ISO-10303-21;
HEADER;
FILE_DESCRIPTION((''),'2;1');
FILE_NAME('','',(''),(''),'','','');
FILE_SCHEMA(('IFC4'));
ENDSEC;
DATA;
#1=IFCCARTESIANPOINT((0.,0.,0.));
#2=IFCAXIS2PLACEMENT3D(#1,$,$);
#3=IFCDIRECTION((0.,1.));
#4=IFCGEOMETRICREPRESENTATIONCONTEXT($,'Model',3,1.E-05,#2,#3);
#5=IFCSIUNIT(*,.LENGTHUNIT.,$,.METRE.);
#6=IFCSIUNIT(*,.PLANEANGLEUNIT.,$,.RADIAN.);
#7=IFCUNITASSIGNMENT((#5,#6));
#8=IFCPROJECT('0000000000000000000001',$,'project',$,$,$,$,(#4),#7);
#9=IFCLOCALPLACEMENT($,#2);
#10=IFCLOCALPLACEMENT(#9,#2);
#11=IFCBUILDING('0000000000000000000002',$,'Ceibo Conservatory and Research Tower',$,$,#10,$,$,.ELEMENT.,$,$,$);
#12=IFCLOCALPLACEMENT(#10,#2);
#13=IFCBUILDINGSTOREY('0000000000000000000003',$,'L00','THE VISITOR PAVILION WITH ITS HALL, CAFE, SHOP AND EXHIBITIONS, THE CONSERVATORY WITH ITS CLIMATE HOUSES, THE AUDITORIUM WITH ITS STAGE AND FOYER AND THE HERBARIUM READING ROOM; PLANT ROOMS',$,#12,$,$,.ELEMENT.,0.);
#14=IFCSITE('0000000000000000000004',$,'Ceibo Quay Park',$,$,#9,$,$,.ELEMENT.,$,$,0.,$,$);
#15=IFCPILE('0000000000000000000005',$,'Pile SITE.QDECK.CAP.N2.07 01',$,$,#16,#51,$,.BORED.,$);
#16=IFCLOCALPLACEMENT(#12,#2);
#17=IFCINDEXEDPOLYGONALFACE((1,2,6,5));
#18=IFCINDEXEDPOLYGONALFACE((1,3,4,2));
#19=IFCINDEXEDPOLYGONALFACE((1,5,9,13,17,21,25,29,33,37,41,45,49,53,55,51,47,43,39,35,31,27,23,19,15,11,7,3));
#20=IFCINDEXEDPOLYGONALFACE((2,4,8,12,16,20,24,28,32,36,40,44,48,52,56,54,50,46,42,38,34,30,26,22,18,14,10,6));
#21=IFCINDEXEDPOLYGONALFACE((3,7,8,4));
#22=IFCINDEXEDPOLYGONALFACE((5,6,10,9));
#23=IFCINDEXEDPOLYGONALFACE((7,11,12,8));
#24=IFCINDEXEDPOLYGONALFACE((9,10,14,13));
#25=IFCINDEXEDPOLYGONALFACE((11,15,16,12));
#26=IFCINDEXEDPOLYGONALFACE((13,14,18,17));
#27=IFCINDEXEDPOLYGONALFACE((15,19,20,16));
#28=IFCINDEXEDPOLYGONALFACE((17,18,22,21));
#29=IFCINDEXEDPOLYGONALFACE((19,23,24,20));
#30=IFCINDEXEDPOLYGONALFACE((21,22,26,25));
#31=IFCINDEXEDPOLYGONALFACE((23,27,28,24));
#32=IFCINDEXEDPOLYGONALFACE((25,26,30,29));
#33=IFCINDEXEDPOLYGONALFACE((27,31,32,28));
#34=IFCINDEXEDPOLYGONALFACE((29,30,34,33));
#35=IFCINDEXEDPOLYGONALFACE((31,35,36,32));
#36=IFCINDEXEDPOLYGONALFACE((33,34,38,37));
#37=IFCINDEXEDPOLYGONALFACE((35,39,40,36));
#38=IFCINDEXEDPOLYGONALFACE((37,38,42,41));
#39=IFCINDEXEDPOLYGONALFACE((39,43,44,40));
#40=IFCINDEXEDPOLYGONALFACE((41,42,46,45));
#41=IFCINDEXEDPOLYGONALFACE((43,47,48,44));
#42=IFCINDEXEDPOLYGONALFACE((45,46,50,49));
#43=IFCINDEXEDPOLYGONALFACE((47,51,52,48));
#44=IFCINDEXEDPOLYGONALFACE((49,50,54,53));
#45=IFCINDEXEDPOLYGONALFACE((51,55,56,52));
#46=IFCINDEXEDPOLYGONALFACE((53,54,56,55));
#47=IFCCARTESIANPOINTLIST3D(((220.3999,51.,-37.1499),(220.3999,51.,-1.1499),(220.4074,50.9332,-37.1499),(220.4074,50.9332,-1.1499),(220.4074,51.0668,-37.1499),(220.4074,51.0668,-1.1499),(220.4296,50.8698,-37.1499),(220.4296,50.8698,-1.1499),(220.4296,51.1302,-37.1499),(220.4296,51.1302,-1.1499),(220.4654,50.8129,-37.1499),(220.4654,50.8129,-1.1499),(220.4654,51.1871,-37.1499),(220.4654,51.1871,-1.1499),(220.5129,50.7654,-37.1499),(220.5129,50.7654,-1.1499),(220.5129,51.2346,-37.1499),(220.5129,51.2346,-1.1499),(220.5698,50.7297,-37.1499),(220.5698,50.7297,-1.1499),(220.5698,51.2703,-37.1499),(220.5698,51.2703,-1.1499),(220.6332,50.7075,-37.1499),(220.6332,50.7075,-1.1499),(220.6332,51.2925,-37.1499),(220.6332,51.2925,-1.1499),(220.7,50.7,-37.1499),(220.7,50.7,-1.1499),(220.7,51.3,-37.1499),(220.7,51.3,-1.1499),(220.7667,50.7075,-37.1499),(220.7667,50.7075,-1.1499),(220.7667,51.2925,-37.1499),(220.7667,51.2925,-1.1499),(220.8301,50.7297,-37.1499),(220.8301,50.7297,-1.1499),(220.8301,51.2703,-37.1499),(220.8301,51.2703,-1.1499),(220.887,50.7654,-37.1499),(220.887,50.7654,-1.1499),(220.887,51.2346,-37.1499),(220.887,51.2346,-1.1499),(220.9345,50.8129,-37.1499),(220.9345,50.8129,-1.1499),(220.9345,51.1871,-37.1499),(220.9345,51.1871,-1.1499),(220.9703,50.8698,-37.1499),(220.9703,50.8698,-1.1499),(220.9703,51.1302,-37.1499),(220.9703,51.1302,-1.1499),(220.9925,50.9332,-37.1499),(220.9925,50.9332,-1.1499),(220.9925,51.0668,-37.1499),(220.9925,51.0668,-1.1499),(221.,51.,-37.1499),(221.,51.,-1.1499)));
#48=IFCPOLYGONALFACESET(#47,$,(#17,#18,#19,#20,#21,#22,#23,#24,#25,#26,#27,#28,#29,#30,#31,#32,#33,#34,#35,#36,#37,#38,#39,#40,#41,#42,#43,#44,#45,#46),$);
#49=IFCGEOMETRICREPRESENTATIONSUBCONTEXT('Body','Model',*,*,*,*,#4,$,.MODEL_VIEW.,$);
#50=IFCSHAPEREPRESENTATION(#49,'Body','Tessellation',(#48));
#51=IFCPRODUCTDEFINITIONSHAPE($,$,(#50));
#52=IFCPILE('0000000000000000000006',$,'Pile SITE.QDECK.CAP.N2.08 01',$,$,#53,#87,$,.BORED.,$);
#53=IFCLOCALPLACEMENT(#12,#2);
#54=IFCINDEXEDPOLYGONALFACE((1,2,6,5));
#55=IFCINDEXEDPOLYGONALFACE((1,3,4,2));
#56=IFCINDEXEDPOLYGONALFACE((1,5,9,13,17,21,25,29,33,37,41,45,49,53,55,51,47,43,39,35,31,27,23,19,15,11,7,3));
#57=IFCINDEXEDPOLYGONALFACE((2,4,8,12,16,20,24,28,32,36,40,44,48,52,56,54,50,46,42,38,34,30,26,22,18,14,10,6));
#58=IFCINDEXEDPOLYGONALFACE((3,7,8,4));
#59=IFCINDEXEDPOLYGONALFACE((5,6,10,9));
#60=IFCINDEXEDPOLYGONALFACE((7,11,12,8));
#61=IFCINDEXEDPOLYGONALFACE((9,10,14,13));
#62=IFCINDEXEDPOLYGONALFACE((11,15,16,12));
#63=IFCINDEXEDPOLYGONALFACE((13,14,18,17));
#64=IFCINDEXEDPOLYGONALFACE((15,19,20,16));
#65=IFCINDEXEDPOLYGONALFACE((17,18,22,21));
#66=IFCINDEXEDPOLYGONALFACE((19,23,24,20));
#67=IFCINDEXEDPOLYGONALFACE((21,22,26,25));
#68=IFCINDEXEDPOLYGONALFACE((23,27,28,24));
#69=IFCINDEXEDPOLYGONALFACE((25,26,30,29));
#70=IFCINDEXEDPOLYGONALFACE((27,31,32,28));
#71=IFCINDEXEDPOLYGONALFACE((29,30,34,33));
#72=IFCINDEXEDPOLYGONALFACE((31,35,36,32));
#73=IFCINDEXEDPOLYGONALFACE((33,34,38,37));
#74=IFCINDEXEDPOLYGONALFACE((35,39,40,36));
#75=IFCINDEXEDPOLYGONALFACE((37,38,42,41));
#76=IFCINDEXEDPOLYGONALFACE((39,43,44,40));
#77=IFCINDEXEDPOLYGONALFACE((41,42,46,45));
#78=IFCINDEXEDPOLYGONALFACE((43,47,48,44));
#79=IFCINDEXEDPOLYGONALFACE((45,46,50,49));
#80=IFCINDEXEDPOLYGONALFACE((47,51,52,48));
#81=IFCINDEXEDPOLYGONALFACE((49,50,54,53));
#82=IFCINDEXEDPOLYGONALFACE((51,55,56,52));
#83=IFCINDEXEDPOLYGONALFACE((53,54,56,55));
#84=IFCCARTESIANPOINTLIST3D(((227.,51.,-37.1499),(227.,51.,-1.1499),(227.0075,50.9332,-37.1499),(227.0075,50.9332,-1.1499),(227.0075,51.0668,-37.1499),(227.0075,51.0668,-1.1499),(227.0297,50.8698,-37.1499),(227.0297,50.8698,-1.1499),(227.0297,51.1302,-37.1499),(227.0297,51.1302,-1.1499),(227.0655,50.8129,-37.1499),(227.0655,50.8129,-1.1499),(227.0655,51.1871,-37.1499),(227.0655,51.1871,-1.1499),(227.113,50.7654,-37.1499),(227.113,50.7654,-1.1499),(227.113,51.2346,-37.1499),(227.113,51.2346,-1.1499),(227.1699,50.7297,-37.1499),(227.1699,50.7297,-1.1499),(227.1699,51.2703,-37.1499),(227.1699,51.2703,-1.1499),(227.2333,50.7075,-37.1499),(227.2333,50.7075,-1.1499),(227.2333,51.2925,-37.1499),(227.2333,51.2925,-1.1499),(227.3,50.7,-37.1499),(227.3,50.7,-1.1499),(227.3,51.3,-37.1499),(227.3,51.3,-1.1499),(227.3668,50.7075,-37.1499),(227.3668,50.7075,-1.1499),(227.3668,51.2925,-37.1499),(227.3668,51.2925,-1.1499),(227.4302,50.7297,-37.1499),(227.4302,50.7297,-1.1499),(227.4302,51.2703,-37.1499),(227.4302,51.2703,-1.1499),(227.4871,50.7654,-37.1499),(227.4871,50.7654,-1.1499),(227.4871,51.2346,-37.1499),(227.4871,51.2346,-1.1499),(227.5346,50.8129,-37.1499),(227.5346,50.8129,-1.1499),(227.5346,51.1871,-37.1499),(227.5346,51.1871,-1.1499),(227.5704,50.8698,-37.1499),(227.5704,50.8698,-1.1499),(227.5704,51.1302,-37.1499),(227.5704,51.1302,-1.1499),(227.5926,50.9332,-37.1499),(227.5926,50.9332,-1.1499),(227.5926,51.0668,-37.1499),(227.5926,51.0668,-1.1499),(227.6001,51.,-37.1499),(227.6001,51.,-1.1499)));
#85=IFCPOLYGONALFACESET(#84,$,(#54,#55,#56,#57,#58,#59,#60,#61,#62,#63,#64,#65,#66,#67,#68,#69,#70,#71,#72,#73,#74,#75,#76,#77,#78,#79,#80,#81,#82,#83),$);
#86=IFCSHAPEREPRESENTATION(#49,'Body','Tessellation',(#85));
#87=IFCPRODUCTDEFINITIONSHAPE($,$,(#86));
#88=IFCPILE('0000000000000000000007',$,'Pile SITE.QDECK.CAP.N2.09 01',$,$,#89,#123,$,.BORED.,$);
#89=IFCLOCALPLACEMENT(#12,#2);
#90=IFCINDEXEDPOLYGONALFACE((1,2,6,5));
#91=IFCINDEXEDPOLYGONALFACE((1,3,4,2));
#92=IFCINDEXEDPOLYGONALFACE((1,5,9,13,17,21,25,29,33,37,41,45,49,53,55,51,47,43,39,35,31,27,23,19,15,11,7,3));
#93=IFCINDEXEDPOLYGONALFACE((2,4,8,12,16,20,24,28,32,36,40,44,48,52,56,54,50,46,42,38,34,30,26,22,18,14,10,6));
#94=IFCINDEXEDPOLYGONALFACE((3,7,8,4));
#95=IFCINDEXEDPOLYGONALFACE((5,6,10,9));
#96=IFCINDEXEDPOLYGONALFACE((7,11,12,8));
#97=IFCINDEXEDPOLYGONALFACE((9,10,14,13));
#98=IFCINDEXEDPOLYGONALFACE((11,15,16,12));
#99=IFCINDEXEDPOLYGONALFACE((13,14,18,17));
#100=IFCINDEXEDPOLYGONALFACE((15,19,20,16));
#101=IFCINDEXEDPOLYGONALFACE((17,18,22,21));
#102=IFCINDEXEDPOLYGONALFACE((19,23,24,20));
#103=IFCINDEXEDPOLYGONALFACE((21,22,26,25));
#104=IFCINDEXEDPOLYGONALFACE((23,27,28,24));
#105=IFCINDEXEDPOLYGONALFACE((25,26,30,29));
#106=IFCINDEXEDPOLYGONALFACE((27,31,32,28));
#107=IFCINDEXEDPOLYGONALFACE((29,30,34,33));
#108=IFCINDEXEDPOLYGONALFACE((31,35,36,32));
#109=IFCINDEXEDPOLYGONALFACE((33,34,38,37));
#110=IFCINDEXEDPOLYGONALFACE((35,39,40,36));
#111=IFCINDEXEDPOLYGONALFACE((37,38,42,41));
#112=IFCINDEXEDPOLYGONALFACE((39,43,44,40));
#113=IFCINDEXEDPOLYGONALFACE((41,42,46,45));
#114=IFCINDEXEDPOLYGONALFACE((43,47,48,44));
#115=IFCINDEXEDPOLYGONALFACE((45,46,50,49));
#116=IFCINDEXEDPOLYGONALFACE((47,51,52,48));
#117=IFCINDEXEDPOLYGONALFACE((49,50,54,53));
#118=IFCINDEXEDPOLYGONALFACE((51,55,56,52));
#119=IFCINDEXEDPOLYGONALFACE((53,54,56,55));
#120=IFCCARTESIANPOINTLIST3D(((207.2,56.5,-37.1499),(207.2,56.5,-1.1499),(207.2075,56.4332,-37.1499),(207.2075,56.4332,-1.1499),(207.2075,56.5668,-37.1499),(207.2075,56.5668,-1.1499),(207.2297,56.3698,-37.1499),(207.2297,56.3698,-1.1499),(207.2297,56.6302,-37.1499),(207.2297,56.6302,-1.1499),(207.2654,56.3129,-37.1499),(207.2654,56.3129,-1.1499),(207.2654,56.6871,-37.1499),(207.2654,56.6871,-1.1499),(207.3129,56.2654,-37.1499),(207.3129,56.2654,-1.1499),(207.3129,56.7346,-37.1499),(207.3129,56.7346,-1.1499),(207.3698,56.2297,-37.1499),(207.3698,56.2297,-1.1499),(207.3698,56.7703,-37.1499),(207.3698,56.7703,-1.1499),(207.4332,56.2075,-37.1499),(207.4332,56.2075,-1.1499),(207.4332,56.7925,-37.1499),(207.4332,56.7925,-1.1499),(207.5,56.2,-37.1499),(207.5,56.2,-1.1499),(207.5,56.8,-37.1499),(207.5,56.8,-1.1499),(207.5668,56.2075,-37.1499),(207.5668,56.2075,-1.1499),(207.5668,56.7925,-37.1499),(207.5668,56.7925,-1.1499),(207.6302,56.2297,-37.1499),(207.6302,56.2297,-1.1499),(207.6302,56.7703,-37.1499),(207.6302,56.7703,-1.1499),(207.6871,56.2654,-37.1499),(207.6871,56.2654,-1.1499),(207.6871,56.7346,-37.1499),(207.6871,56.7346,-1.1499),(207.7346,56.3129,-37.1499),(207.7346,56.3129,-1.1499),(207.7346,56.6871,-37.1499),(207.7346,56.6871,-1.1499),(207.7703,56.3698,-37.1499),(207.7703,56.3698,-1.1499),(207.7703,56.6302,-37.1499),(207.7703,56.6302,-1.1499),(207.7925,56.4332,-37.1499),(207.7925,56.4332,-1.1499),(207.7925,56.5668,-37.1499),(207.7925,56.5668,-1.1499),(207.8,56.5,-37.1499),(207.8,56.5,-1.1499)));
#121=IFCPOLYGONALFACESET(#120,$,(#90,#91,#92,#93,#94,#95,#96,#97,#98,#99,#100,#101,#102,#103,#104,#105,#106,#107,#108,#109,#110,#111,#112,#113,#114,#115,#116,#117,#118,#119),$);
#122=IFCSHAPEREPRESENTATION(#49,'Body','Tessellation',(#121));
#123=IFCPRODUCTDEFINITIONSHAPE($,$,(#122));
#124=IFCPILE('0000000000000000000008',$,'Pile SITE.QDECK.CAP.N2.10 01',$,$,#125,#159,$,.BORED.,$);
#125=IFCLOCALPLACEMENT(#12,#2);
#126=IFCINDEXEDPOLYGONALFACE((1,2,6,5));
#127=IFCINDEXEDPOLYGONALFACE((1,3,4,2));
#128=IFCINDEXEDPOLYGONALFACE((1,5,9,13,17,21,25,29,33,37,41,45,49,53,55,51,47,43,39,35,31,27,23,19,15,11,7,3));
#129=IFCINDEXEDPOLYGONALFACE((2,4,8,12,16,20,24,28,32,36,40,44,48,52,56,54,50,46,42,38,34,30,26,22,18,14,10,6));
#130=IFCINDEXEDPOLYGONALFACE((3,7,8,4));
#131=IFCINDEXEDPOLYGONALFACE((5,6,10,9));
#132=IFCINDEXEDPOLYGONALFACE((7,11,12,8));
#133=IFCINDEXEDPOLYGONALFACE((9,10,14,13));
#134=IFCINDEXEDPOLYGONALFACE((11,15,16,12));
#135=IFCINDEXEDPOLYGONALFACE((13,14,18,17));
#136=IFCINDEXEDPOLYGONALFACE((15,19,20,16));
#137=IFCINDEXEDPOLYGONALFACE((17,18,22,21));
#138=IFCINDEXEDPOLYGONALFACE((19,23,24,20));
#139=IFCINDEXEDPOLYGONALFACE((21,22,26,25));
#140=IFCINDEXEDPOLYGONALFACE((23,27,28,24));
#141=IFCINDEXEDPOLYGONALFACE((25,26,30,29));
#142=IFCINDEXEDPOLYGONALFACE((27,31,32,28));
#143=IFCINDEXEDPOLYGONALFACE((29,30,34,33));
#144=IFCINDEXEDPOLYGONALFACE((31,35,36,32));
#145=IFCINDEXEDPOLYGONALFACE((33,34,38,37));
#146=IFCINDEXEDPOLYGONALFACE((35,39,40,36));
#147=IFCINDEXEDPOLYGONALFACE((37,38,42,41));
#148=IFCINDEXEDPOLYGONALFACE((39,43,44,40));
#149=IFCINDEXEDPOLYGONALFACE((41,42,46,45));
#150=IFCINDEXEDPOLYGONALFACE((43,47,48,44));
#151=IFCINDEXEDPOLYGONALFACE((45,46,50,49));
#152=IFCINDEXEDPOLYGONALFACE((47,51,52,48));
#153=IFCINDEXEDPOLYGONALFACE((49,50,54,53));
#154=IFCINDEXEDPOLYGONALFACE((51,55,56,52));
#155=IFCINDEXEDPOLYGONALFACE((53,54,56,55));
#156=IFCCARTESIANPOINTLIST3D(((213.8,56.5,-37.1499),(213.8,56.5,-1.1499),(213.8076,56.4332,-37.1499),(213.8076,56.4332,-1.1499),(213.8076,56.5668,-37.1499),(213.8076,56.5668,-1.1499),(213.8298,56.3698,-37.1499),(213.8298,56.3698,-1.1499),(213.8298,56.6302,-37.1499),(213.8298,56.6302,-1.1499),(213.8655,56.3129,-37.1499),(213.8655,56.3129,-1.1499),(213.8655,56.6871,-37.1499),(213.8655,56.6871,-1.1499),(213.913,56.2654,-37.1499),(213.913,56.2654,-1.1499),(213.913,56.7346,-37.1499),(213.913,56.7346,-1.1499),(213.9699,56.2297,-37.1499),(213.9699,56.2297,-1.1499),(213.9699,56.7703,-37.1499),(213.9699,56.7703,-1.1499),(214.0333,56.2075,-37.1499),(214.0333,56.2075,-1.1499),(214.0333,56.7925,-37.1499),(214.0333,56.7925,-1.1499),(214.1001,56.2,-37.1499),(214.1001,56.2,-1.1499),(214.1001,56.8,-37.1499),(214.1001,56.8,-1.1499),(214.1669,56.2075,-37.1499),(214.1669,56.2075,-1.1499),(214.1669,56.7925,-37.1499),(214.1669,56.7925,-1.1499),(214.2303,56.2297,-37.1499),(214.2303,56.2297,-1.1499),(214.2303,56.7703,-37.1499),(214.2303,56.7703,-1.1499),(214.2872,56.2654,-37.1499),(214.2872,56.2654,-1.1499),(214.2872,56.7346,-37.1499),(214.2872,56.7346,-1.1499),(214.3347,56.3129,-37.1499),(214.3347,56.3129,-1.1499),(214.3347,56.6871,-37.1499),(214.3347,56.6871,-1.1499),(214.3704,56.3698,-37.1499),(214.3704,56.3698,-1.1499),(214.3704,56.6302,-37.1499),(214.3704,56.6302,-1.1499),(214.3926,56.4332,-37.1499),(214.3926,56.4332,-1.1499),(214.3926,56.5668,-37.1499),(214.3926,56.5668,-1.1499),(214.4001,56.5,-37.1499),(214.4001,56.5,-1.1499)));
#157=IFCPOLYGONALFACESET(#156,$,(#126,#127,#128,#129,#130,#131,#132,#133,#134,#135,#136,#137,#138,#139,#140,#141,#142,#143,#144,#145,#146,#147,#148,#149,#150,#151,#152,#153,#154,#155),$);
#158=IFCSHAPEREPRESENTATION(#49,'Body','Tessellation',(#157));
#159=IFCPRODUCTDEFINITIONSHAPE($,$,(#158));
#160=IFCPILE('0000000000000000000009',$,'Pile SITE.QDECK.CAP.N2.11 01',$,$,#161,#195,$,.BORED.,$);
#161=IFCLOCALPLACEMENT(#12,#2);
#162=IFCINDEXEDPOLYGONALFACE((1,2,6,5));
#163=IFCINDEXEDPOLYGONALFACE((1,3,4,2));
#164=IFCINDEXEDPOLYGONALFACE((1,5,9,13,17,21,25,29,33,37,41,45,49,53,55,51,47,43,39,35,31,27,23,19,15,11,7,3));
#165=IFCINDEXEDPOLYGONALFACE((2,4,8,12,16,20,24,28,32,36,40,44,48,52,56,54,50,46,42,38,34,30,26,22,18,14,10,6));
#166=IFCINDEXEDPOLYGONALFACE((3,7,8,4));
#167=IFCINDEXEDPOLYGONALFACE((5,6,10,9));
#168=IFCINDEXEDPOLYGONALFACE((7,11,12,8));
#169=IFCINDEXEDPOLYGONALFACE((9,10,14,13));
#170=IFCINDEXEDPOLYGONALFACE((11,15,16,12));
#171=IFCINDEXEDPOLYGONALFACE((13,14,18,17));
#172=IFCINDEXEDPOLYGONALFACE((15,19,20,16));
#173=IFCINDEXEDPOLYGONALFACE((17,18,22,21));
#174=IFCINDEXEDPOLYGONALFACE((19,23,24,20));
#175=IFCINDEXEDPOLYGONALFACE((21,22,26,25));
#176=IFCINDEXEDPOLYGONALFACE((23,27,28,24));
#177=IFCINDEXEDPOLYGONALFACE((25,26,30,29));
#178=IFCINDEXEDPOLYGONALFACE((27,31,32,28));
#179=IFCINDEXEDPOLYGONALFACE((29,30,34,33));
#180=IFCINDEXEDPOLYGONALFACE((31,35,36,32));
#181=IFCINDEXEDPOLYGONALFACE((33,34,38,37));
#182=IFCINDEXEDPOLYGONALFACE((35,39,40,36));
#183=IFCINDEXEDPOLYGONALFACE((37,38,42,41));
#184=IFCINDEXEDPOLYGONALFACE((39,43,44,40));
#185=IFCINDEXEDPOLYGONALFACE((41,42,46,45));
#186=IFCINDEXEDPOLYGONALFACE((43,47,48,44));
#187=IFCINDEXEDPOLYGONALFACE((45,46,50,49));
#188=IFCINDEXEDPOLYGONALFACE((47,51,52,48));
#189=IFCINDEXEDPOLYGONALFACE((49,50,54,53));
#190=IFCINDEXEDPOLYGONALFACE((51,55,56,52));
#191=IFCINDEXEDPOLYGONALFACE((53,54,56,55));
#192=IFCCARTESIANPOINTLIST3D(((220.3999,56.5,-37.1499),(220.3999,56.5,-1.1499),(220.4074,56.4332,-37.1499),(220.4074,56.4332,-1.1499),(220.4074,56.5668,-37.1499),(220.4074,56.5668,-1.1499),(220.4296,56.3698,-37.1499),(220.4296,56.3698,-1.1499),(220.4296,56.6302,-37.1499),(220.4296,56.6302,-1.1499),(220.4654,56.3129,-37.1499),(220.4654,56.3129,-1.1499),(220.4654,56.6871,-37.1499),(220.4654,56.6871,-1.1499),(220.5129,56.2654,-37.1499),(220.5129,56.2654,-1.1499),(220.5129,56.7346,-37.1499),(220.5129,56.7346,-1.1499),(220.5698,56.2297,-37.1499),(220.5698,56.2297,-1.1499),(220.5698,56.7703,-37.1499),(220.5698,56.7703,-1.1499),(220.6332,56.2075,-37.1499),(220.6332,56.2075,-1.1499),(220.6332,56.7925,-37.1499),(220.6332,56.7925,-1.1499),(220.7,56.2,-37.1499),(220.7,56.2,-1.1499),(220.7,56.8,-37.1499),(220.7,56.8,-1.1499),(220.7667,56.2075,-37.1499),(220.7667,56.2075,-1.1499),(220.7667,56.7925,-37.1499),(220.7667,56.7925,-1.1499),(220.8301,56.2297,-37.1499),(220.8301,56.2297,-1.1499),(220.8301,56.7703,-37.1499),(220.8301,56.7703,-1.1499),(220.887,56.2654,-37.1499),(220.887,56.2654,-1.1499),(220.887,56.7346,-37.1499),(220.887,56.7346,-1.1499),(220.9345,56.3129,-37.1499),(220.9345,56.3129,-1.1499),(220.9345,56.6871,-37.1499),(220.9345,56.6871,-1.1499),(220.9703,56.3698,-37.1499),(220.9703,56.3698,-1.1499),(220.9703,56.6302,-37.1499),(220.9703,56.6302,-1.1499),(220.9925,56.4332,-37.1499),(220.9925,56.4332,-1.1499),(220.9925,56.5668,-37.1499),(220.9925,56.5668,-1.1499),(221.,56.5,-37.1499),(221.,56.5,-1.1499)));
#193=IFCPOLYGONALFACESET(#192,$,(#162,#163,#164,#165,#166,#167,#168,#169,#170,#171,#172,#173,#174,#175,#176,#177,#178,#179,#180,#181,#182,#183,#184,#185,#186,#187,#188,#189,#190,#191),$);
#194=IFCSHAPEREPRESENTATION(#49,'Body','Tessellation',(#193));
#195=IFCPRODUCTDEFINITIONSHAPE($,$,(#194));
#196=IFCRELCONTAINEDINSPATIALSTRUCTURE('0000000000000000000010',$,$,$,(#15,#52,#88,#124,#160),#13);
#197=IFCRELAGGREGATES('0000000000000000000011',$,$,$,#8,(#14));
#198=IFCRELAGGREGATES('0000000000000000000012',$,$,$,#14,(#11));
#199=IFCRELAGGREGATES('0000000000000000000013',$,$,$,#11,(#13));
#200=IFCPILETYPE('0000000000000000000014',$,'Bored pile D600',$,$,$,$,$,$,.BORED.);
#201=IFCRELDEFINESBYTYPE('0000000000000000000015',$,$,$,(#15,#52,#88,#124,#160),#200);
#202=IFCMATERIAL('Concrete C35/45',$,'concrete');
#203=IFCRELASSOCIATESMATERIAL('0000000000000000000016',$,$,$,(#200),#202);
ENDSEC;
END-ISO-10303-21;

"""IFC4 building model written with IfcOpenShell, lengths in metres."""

from ifc_helpers import new_model, si_unit, direction, frame, origin, origin_2d, place, context, subcontext, project, spatial, circle, extrude, material, material_profile, profile_set, type_object, element, save


model = new_model("IFC4")

# Units and contexts
model_context = context("Model", 3, precision=1e-05, world=origin(), true_north=direction((0.0, 1.0)))
body_context = subcontext(model_context, "Body", "Model", "MODEL_VIEW")
ifc_project = project(units=[si_unit("LENGTHUNIT", "METRE"), si_unit("PLANEANGLEUNIT", "RADIAN")], contexts=[model_context])

# Site, building, storey
site_placement = place(None, origin())
site = spatial("IfcSite", under=ifc_project, at=site_placement, Name="Ceibo Quay Park", CompositionType="ELEMENT", RefElevation=0.0)
building_placement = place(site_placement, origin())
building = spatial("IfcBuilding", under=site, at=building_placement, Name="Ceibo Conservatory and Research Tower", CompositionType="ELEMENT")
storey_placement = place(building_placement, origin())
storey = spatial("IfcBuildingStorey", under=building, at=storey_placement, Name="L00", Description="THE VISITOR PAVILION WITH ITS HALL, CAFE, SHOP AND EXHIBITIONS, THE CONSERVATORY WITH ITS CLIMATE HOUSES, THE AUDITORIUM WITH ITS STAGE AND FOYER AND THE HERBARIUM READING ROOM; PLANT ROOMS", CompositionType="ELEMENT", Elevation=0.0)

# Piles
ifc_material_1 = material(Name="Concrete C35/45", Category="concrete")
ifc_material_profile = material_profile(ifc_material_1, circle(Radius=0.3, at=origin_2d()), Name="RC D600")
ifc_profile_set = profile_set([ifc_material_profile], Name="Concrete C35/45")
pile_type = type_object("IfcPileType", Name="Bored pile D600", PredefinedType="BORED", material=ifc_profile_set)
for number, where, z_axis, x_axis, name in (
    (1, (220.7, 51.0, -1.1499), (0.0, 0.0, -1.0), (1.0, 0.0, 0.0), "Pile SITE.QDECK.CAP.N2.07 01"),
    (2, (227.3, 51.0, -1.1499), (0.0, 0.0, -1.0), (1.0, 0.0, 0.0), "Pile SITE.QDECK.CAP.N2.08 01"),
    (3, (207.5, 56.5, -1.1499), (0.0, 0.0, -1.0), (1.0, 0.0, 0.0), "Pile SITE.QDECK.CAP.N2.09 01"),
    (4, (214.1001, 56.5, -1.1499), (0.0, 0.0, -1.0), (1.0, 0.0, 0.0), "Pile SITE.QDECK.CAP.N2.10 01"),
    (5, (220.7, 56.5, -1.1499), (0.0, 0.0, -1.0), (1.0, 0.0, 0.0), "Pile SITE.QDECK.CAP.N2.11 01"),
):
    element("IfcPile", number, at=place(storey_placement, frame(where, z_axis=z_axis, x_axis=x_axis)), inside=storey, type_object=pile_type, Name=name, PredefinedType="BORED", context=body_context, shape_type="SweptSolid", body=[
        extrude(circle(Radius=0.3, at=origin_2d()), origin(), (0.0, 0.0, 1.0), 36.0),
    ])

save(model, "model.ifc")
